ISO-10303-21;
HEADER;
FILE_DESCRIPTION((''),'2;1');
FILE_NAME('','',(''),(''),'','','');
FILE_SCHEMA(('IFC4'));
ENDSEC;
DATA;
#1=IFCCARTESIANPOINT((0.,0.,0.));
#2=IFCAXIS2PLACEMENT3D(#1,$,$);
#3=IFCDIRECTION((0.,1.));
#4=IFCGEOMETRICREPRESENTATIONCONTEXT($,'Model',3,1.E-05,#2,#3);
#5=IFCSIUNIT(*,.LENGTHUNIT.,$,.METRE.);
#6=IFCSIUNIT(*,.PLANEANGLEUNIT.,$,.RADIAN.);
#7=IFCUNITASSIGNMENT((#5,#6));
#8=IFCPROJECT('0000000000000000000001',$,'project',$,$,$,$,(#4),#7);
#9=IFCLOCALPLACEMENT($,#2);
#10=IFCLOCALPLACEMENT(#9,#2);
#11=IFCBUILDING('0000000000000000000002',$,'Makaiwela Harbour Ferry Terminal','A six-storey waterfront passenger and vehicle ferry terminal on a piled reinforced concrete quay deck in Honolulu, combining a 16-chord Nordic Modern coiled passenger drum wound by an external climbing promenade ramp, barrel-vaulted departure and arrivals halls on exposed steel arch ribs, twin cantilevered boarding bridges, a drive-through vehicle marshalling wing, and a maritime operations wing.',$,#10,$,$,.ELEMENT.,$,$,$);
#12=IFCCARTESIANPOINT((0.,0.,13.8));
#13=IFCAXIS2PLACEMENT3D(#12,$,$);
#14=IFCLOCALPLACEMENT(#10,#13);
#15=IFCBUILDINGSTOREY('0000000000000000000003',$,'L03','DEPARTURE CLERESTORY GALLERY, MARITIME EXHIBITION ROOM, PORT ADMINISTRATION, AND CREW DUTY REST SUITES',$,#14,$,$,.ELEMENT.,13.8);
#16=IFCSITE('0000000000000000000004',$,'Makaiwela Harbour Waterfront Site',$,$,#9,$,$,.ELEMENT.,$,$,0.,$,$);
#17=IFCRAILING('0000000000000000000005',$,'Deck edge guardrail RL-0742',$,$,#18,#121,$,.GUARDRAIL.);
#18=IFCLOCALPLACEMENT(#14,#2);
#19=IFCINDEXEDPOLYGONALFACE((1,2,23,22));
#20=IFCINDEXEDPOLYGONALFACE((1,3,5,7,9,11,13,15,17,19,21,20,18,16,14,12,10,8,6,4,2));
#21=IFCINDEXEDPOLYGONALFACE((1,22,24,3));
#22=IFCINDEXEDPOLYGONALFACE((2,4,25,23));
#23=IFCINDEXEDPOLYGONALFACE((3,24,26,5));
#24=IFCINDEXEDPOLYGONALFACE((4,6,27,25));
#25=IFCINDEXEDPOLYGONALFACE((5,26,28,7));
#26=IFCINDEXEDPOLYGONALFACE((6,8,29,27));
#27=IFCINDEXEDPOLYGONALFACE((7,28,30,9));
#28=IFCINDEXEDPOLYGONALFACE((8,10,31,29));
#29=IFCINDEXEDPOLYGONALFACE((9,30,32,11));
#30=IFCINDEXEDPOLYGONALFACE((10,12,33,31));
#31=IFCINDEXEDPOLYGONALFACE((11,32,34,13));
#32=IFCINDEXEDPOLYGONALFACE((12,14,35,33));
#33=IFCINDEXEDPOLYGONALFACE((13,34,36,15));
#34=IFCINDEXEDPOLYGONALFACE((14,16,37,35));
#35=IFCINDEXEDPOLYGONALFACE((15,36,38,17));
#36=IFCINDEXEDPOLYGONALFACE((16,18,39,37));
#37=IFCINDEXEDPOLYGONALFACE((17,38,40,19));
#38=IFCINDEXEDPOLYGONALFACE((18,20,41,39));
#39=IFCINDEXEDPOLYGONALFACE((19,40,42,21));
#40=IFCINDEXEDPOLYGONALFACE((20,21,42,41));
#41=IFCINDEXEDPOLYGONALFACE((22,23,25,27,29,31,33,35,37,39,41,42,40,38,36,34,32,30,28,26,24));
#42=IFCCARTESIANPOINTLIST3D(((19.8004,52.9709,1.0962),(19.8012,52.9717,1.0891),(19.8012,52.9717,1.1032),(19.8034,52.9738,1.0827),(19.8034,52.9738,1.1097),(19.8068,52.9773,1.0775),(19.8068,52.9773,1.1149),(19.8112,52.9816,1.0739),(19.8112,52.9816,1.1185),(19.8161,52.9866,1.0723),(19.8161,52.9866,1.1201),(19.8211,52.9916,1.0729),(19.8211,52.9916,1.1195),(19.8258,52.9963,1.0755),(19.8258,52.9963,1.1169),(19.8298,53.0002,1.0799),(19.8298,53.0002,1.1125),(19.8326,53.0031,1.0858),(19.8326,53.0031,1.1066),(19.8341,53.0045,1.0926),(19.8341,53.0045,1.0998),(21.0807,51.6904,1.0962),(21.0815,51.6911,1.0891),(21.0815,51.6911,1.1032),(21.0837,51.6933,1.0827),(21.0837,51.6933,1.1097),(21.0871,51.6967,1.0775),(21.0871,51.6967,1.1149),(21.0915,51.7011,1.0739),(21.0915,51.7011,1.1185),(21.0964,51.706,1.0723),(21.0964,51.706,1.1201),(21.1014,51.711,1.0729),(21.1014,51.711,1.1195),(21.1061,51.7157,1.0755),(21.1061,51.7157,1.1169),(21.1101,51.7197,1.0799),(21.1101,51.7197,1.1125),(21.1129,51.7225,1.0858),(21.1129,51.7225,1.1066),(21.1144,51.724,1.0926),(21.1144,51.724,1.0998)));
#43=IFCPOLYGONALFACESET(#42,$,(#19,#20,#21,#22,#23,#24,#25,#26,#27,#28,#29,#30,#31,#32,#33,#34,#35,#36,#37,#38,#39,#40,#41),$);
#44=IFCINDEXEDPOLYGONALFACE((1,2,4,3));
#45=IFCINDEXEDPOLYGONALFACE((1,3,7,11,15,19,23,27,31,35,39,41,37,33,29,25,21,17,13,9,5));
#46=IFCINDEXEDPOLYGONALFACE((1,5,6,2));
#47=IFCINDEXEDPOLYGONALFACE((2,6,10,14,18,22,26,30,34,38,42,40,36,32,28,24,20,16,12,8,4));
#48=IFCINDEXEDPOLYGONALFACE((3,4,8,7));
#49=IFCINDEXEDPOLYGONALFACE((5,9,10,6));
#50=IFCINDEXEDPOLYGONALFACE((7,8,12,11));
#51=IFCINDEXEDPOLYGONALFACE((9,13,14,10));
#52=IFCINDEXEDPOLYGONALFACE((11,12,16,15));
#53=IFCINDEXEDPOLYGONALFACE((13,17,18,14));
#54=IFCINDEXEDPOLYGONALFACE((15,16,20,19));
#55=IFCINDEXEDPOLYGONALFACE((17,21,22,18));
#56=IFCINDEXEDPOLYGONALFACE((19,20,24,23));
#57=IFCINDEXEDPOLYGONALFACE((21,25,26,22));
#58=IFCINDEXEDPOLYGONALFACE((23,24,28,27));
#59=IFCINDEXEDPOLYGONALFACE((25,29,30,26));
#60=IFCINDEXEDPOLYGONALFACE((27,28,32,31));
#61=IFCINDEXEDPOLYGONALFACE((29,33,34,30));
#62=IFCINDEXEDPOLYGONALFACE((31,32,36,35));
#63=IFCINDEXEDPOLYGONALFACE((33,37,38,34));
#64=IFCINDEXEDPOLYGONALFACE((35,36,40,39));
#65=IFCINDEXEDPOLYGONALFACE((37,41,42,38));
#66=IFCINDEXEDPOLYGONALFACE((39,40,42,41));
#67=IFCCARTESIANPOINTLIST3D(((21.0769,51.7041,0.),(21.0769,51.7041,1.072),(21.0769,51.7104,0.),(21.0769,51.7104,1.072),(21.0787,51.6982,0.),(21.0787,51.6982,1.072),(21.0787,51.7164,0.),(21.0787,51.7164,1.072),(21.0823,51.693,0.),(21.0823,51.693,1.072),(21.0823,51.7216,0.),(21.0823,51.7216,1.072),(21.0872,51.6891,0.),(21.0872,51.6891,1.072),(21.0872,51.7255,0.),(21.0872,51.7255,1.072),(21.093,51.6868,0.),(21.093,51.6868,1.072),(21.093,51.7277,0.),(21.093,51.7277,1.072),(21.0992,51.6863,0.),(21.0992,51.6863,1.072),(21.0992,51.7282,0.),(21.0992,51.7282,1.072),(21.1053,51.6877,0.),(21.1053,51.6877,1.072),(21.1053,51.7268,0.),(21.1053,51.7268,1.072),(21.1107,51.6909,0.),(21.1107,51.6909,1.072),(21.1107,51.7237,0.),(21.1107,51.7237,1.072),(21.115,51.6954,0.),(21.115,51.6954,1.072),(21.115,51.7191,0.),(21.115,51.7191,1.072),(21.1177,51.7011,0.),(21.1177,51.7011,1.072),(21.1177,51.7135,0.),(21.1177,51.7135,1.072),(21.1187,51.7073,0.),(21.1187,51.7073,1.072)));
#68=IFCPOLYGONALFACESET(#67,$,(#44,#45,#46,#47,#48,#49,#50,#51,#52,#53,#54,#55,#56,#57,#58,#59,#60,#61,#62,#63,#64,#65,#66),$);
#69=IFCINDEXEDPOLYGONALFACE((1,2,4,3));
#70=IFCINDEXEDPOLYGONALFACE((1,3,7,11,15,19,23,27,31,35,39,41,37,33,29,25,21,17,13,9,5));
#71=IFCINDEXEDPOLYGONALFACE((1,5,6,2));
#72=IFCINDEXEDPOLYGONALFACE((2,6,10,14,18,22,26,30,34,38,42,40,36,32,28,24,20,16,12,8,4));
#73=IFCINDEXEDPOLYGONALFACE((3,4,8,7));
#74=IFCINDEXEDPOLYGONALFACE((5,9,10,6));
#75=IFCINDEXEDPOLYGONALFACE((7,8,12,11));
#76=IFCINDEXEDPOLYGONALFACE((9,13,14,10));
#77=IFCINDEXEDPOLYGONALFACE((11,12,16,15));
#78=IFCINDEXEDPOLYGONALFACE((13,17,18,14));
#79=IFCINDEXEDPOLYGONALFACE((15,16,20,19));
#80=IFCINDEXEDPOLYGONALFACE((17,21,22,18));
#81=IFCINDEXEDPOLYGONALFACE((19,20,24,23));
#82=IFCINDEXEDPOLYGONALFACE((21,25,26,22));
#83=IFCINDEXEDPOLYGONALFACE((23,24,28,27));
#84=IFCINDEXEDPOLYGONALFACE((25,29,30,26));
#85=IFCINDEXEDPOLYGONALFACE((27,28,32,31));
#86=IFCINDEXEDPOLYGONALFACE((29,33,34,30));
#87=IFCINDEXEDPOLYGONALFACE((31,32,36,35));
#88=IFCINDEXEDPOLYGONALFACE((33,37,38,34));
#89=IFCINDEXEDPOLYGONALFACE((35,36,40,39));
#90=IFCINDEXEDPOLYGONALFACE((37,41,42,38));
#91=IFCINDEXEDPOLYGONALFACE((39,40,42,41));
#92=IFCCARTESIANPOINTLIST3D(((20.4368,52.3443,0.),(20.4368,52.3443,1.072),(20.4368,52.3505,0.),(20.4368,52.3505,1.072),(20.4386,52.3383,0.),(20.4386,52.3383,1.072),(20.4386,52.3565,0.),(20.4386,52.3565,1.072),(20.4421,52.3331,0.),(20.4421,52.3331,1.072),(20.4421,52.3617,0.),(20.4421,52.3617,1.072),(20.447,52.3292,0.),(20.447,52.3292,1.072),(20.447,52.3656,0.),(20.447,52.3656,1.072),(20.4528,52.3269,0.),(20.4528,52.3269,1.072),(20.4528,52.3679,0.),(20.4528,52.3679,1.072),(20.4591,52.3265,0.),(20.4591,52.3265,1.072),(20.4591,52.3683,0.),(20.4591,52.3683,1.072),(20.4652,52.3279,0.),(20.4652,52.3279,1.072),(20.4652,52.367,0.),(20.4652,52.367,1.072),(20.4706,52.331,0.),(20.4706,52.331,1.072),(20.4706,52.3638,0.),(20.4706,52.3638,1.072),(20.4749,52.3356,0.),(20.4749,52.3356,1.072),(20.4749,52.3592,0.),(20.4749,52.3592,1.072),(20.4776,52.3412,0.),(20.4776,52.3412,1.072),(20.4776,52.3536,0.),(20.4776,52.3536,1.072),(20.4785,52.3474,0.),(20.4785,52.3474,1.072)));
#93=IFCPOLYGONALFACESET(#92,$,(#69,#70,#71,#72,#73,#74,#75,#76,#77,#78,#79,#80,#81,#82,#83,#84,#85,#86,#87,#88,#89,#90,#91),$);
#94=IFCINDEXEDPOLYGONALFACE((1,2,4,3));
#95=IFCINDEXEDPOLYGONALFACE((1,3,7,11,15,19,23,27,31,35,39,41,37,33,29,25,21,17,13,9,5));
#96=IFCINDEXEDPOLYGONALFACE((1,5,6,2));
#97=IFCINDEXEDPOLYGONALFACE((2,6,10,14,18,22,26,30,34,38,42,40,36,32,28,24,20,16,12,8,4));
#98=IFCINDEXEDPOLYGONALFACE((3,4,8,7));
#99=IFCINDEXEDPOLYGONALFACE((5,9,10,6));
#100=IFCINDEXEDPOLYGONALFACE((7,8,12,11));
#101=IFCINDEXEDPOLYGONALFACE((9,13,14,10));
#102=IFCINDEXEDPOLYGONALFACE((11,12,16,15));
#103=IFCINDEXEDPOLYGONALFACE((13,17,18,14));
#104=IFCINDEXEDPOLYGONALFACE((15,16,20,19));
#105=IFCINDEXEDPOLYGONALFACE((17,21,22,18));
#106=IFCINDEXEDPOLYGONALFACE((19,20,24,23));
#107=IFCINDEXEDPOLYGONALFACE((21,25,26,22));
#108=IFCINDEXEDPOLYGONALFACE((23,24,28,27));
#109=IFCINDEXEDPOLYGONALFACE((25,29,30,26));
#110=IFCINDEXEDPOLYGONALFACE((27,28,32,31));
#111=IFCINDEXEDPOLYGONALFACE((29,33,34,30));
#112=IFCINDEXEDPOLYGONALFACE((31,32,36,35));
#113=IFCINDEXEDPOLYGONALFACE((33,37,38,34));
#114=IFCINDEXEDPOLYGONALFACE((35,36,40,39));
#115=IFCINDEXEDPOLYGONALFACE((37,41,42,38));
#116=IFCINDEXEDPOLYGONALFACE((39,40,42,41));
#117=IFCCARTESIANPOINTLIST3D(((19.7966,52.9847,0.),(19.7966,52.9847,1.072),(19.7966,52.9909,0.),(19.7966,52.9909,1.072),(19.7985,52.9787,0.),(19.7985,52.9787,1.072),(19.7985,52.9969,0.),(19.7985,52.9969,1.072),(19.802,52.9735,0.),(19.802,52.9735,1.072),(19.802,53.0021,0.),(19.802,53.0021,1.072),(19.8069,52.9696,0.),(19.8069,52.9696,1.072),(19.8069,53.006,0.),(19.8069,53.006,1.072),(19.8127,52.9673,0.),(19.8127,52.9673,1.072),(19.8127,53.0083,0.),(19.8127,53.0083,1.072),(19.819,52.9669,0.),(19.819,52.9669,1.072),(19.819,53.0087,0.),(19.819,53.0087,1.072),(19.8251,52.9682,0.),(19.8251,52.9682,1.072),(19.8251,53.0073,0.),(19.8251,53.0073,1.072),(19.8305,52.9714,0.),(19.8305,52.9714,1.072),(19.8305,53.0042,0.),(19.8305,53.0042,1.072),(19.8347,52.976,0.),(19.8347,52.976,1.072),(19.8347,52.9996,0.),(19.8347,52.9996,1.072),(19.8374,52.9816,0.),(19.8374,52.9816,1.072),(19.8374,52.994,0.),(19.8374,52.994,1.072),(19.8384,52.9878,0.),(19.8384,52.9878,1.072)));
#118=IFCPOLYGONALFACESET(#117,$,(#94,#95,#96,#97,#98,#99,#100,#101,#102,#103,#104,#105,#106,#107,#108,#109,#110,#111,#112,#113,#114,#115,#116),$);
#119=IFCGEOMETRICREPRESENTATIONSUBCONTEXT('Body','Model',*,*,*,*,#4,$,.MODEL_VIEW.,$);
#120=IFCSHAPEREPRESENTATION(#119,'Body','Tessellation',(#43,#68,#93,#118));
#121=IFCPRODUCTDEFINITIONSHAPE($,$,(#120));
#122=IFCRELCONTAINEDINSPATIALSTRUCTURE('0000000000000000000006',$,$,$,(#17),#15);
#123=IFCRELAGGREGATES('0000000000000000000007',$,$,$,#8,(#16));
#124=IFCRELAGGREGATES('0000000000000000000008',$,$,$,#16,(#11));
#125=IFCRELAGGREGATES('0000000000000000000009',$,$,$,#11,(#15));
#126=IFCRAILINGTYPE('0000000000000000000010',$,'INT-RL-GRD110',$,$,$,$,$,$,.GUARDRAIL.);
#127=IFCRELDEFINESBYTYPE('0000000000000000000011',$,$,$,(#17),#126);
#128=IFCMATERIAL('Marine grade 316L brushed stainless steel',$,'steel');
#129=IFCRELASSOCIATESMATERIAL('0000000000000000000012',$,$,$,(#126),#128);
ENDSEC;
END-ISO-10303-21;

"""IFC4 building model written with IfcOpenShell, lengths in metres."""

from ifc_helpers import new_model, si_unit, direction, frame, origin, origin_2d, place, context, subcontext, project, spatial, circle, extrude, material, type_object, element, save


model = new_model("IFC4")

# Units and contexts
model_context = context("Model", 3, precision=1e-05, world=origin(), true_north=direction((0.0, 1.0)))
body_context = subcontext(model_context, "Body", "Model", "MODEL_VIEW")
ifc_project = project(units=[si_unit("LENGTHUNIT", "METRE"), si_unit("PLANEANGLEUNIT", "RADIAN")], contexts=[model_context])

# Site, building, storey
site_placement = place(None, origin())
site = spatial("IfcSite", under=ifc_project, at=site_placement, Name="Makaiwela Harbour Waterfront Site", CompositionType="ELEMENT", RefElevation=0.0)
building_placement = place(site_placement, origin())
building = spatial("IfcBuilding", under=site, at=building_placement, Name="Makaiwela Harbour Ferry Terminal", Description="A six-storey waterfront passenger and vehicle ferry terminal on a piled reinforced concrete quay deck in Honolulu, combining a 16-chord Nordic Modern coiled passenger drum wound by an external climbing promenade ramp, barrel-vaulted departure and arrivals halls on exposed steel arch ribs, twin cantilevered boarding bridges, a drive-through vehicle marshalling wing, and a maritime operations wing.", CompositionType="ELEMENT")
storey_placement = place(building_placement, frame((0.0, 0.0, 13.8)))
storey = spatial("IfcBuildingStorey", under=building, at=storey_placement, Name="L03", Description="DEPARTURE CLERESTORY GALLERY, MARITIME EXHIBITION ROOM, PORT ADMINISTRATION, AND CREW DUTY REST SUITES", CompositionType="ELEMENT", Elevation=13.8)

# Railing
ifc_material_1 = material(Name="Marine grade 316L brushed stainless steel", Category="steel")
railing_type = type_object("IfcRailingType", Name="INT-RL-GRD110", PredefinedType="GUARDRAIL", material=ifc_material_1)
railing_1_placement = place(storey_placement, frame((21.0977, 51.7073, 0.0)))
element("IfcRailing", 1, at=railing_1_placement, inside=storey, type_object=railing_type, Name="Deck edge guardrail RL-0742", PredefinedType="GUARDRAIL", context=body_context, shape_type="SweptSolid", body=[
    extrude(circle(Radius=0.0239, at=origin_2d()), frame((0.0, 0.0, 1.0962), z_axis=(-0.707039, 0.707174, 0.0), x_axis=(-0.707174, -0.707039, 0.0)), (0.0, 0.0, 1.0), 1.8108),
    extrude(circle(Radius=0.021, at=origin_2d()), origin(), (0.0, 0.0, 1.0), 1.072),
    extrude(circle(Radius=0.021, at=origin_2d()), frame((-0.6401, 0.6401, 0.0)), (0.0, 0.0, 1.0), 1.072),
    extrude(circle(Radius=0.021, at=origin_2d()), frame((-1.2803, 1.2805, 0.0)), (0.0, 0.0, 1.0), 1.072),
])

save(model, "model.ifc")
